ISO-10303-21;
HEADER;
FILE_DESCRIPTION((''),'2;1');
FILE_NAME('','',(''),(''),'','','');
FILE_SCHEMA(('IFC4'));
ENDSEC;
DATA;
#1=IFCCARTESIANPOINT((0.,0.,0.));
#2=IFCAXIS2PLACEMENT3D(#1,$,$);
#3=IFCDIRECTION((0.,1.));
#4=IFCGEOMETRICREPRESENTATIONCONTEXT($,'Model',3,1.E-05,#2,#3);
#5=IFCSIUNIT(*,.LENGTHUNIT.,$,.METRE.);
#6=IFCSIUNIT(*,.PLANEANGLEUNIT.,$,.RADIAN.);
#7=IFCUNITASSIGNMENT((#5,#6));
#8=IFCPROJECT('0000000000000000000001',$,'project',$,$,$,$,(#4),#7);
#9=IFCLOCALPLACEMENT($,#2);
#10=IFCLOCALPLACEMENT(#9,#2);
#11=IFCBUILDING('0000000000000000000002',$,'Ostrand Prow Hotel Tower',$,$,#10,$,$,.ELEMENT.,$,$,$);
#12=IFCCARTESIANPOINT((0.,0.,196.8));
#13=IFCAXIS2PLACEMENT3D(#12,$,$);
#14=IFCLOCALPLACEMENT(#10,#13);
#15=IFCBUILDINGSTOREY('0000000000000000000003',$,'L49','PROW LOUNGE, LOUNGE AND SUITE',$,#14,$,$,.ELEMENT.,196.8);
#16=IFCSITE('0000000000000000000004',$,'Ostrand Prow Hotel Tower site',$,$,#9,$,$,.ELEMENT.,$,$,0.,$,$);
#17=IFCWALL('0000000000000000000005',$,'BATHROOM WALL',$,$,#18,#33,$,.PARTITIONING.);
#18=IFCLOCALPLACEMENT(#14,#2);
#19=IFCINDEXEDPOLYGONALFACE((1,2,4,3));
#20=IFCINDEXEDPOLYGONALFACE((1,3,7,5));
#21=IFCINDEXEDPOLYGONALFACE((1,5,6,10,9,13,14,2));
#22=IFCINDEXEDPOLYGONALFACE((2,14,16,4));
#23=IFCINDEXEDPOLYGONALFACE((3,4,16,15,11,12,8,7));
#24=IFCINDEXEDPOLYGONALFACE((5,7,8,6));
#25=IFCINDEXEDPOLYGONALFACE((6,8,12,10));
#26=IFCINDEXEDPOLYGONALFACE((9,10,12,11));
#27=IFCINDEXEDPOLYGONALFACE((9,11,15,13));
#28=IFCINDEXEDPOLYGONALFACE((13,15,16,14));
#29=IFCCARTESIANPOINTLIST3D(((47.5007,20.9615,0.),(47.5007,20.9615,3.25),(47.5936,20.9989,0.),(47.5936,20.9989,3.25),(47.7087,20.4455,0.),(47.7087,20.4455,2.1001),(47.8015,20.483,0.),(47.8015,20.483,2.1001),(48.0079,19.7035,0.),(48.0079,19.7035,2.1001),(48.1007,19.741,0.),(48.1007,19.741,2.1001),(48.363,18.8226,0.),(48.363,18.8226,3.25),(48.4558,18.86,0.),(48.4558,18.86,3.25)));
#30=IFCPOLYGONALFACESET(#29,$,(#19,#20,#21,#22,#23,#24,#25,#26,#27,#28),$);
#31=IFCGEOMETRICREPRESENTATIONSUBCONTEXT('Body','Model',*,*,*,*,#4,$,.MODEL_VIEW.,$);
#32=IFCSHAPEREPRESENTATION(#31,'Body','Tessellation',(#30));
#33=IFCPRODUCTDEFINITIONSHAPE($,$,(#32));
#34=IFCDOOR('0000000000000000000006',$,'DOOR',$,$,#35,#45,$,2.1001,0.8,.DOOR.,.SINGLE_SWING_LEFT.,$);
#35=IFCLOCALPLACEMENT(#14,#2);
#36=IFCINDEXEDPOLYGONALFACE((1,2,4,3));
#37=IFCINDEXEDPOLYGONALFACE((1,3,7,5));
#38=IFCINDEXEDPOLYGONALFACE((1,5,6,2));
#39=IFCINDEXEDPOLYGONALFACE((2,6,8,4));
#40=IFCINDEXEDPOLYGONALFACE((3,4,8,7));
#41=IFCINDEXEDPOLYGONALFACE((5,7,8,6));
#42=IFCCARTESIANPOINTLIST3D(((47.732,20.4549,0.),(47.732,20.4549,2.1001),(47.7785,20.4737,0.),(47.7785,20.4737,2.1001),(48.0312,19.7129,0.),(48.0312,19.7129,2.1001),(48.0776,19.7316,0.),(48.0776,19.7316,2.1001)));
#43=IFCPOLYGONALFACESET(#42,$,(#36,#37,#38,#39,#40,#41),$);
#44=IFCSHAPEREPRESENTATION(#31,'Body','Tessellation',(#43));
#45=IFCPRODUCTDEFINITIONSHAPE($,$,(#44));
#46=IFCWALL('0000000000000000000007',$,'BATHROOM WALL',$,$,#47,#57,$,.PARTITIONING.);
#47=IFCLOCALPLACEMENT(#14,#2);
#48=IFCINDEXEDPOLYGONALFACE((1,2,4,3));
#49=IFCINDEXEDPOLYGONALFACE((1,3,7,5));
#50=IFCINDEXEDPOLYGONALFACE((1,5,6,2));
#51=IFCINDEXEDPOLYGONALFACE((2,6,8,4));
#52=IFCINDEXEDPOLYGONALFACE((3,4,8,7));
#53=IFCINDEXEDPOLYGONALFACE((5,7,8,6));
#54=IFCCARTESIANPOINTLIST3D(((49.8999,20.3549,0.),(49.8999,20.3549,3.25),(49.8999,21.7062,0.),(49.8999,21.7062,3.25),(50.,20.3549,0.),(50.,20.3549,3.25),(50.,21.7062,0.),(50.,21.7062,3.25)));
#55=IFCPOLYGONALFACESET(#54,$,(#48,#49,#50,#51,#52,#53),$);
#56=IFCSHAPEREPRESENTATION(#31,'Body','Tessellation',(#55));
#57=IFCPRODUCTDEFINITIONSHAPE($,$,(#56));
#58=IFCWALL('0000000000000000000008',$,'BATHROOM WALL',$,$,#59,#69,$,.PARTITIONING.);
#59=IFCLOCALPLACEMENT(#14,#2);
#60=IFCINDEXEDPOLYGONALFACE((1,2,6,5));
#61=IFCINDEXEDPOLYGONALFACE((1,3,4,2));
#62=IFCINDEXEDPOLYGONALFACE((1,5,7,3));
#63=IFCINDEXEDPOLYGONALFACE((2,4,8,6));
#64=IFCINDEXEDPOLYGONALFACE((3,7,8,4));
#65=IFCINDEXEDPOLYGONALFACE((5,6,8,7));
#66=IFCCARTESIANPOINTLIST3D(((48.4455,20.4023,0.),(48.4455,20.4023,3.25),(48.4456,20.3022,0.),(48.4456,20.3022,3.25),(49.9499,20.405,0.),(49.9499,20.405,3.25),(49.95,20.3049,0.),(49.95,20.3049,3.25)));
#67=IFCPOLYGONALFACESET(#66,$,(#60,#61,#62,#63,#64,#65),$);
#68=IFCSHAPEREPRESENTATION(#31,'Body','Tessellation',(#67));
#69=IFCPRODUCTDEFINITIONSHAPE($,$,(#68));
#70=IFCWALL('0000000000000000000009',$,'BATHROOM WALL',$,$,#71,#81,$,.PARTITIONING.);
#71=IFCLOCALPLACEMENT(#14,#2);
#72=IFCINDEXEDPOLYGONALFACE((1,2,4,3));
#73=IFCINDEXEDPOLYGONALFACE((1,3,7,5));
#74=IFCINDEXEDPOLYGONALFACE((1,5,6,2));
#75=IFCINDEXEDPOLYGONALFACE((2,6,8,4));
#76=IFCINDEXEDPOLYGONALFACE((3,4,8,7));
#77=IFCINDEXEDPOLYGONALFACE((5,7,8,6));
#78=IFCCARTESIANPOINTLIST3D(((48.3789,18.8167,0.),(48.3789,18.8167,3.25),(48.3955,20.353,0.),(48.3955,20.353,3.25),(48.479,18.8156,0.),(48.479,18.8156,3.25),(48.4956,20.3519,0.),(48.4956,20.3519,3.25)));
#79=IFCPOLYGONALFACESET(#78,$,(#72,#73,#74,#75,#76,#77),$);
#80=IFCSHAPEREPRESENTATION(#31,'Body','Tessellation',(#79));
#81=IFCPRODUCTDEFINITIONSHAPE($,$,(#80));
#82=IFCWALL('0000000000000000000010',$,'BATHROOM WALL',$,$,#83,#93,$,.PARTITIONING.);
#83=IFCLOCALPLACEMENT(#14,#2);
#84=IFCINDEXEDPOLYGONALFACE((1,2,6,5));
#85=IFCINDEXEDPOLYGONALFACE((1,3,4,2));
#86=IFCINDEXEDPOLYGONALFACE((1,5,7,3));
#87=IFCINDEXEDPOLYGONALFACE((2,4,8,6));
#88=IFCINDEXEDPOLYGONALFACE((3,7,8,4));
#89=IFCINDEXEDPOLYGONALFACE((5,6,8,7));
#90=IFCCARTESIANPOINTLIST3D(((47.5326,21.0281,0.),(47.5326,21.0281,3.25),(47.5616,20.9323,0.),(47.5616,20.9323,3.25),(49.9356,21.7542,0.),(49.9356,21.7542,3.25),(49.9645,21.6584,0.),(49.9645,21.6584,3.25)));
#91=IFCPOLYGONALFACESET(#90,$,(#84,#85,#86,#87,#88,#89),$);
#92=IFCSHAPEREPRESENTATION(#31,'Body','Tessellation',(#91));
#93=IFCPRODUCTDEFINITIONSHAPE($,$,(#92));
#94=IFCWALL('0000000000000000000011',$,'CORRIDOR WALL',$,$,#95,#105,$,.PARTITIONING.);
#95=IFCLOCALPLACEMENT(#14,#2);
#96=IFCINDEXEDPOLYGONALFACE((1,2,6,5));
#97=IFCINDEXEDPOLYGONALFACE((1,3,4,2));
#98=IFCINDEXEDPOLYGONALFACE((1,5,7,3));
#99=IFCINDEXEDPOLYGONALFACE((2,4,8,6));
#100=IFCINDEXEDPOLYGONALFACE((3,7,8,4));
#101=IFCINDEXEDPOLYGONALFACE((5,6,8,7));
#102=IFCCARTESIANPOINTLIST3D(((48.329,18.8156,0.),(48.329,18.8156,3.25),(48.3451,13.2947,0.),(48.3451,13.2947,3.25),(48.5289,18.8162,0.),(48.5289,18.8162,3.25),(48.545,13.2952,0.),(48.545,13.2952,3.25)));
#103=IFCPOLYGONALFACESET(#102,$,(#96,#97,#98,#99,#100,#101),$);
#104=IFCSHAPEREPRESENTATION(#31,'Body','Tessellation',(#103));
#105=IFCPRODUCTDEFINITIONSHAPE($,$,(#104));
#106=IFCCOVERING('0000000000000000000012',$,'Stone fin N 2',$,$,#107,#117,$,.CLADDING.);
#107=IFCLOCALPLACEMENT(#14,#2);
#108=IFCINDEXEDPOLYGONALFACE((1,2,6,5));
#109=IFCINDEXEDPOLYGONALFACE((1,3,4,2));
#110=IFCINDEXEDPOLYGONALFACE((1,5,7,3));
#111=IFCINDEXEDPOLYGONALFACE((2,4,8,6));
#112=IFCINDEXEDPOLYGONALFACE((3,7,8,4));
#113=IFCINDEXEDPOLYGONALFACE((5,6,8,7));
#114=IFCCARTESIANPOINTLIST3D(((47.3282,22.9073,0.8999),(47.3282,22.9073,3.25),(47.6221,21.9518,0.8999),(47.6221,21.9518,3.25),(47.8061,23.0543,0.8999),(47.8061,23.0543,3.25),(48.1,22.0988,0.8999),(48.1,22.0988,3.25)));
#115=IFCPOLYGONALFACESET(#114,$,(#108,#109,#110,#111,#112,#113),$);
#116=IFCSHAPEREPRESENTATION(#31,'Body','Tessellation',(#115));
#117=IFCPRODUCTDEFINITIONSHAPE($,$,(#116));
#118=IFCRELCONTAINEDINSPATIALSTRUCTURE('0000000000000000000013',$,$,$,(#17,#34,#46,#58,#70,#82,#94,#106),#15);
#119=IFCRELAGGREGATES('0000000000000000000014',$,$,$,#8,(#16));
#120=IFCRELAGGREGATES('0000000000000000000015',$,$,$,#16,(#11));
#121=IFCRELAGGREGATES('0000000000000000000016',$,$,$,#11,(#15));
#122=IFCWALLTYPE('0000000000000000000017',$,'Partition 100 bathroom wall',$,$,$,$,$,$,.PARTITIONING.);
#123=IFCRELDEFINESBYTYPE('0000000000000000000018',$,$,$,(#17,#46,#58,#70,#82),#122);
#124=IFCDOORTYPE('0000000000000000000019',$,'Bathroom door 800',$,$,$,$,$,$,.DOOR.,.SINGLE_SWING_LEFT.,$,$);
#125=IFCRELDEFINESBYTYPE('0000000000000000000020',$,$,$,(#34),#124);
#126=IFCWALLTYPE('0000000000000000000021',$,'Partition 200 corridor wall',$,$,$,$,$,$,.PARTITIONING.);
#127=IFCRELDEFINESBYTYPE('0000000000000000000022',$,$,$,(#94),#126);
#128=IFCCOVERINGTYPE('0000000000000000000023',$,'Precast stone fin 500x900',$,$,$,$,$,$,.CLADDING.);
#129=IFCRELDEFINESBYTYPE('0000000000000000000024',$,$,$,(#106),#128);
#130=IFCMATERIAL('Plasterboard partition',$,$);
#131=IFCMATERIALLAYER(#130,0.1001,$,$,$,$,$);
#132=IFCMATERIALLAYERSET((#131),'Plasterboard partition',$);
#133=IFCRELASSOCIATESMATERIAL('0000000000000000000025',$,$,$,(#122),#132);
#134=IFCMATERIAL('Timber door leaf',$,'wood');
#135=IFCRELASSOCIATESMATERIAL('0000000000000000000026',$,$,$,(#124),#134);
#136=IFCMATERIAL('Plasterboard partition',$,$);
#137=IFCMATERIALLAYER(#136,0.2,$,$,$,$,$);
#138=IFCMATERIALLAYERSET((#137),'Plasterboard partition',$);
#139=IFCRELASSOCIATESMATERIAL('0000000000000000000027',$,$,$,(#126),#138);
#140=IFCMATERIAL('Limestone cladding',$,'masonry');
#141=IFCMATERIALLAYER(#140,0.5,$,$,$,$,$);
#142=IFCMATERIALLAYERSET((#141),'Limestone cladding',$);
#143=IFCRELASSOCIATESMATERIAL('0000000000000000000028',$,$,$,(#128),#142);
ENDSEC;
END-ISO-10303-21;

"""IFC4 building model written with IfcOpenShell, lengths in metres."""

from ifc_helpers import new_model, si_unit, direction, frame, frame_2d, origin, place, context, subcontext, project, spatial, rectangle, extrude, material, layer, layer_set, type_object, element, fill, save


model = new_model("IFC4")

# Units and contexts
model_context = context("Model", 3, precision=1e-05, world=origin(), true_north=direction((0.0, 1.0)))
body_context = subcontext(model_context, "Body", "Model", "MODEL_VIEW")
ifc_project = project(units=[si_unit("LENGTHUNIT", "METRE"), si_unit("PLANEANGLEUNIT", "RADIAN")], contexts=[model_context])

# Site, building, storey
site_placement = place(None, origin())
site = spatial("IfcSite", under=ifc_project, at=site_placement, Name="Ostrand Prow Hotel Tower site", CompositionType="ELEMENT", RefElevation=0.0)
building_placement = place(site_placement, origin())
building = spatial("IfcBuilding", under=site, at=building_placement, Name="Ostrand Prow Hotel Tower", CompositionType="ELEMENT")
storey_placement = place(building_placement, frame((0.0, 0.0, 196.8)))
storey = spatial("IfcBuildingStorey", under=building, at=storey_placement, Name="L49", Description="PROW LOUNGE, LOUNGE AND SUITE", CompositionType="ELEMENT", Elevation=196.8)

# Wall, opening, door
ifc_material_1 = material(Name="Plasterboard partition")
ifc_layer_1 = layer(ifc_material_1, 0.1001)
ifc_layer_set_1 = layer_set([ifc_layer_1], Name="Plasterboard partition")
wall_type_1 = type_object("IfcWallType", Name="Partition 100 bathroom wall", PredefinedType="PARTITIONING", material=ifc_layer_set_1)
wall_1_placement = place(storey_placement, frame((48.4094, 18.8413, 0.0), z_axis=(0.0, 0.0, 1.0), x_axis=(-0.373908, 0.927466, 0.0)))
wall_1 = element("IfcWall", 1, at=wall_1_placement, inside=storey, type_object=wall_type_1, Name="BATHROOM WALL", PredefinedType="PARTITIONING", context=body_context, shape_type="SweptSolid", body=[
    extrude(rectangle(XDim=2.3062, YDim=0.1001, at=frame_2d((1.1531, 0.0))), origin(), (0.0, 0.0, 1.0), 3.25),
])
opening_placement = place(wall_1_placement, frame((0.95, 0.0, 0.0)))
opening = element("IfcOpeningElement", 2, at=opening_placement, cuts=wall_1, PredefinedType="OPENING", context=body_context, shape_type="SweptSolid", body=[
    extrude(rectangle(XDim=0.8, YDim=2.1001, at=frame_2d((0.3999, 1.05))), frame((0.0, 0.0601, 0.0), z_axis=(0.0, -1.0, 0.0), x_axis=(1.0, 0.0, 0.0)), (0.0, 0.0, 1.0), 0.1201),
])
ifc_material_2 = material(Name="Timber door leaf", Category="wood")
door_type = type_object("IfcDoorType", Name="Bathroom door 800", OperationType="SINGLE_SWING_LEFT", PredefinedType="DOOR", material=ifc_material_2)
door_placement = place(opening_placement, origin())
door = element("IfcDoor", 3, at=door_placement, inside=storey, type_object=door_type, Name="DOOR", OperationType="SINGLE_SWING_LEFT", OverallHeight=2.1001, OverallWidth=0.8, PredefinedType="DOOR", context=body_context, shape_type="SweptSolid", body=[
    extrude(rectangle(XDim=0.8, YDim=2.1001, at=frame_2d((0.3999, 1.05))), frame((0.0, 0.0249, 0.0), z_axis=(0.0, -1.0, 0.0), x_axis=(1.0, 0.0, 0.0)), (0.0, 0.0, 1.0), 0.05),
])
fill(opening, door)

# Walls
wall_2_placement = place(storey_placement, frame((49.95, 21.7063, 0.0), z_axis=(0.0, 0.0, 1.0), x_axis=(0.0, -1.0, 0.0)))
element("IfcWall", 4, at=wall_2_placement, inside=storey, type_object=wall_type_1, Name="BATHROOM WALL", PredefinedType="PARTITIONING", context=body_context, shape_type="SweptSolid", body=[
    extrude(rectangle(XDim=1.3513, YDim=0.1001, at=frame_2d((0.6758, 0.0))), origin(), (0.0, 0.0, 1.0), 3.25),
])
wall_3_placement = place(storey_placement, frame((49.95, 20.355, 0.0), z_axis=(0.0, 0.0, 1.0), x_axis=(-0.999998, -0.001785, 0.0)))
element("IfcWall", 5, at=wall_3_placement, inside=storey, type_object=wall_type_1, Name="BATHROOM WALL", PredefinedType="PARTITIONING", context=body_context, shape_type="SweptSolid", body=[
    extrude(rectangle(XDim=1.5044, YDim=0.1001, at=frame_2d((0.7522, 0.0))), origin(), (0.0, 0.0, 1.0), 3.25),
])
wall_4_placement = place(storey_placement, frame((48.4456, 20.3523, 0.0), z_axis=(0.0, 0.0, 1.0), x_axis=(-0.010805, -0.999942, 0.0)))
element("IfcWall", 6, at=wall_4_placement, inside=storey, type_object=wall_type_1, Name="BATHROOM WALL", PredefinedType="PARTITIONING", context=body_context, shape_type="SweptSolid", body=[
    extrude(rectangle(XDim=1.5364, YDim=0.1001, at=frame_2d((0.7681, 0.0))), origin(), (0.0, 0.0, 1.0), 3.25),
])
wall_5_placement = place(storey_placement, frame((47.5471, 20.9802, 0.0), z_axis=(0.0, 0.0, 1.0), x_axis=(0.957252, 0.289257, 0.0)))
element("IfcWall", 7, at=wall_5_placement, inside=storey, type_object=wall_type_1, Name="BATHROOM WALL", PredefinedType="PARTITIONING", context=body_context, shape_type="SweptSolid", body=[
    extrude(rectangle(XDim=2.5103, YDim=0.1001, at=frame_2d((1.2551, 0.0))), origin(), (0.0, 0.0, 1.0), 3.25),
])
ifc_material_3 = material(Name="Plasterboard partition")
ifc_layer_2 = layer(ifc_material_3, 0.2)
ifc_layer_set_2 = layer_set([ifc_layer_2], Name="Plasterboard partition")
wall_type_2 = type_object("IfcWallType", Name="Partition 200 corridor wall", PredefinedType="PARTITIONING", material=ifc_layer_set_2)
wall_6_placement = place(storey_placement, frame((48.429, 18.8159, 0.0), z_axis=(0.0, 0.0, 1.0), x_axis=(0.002919, -0.999996, 0.0)))
element("IfcWall", 8, at=wall_6_placement, inside=storey, type_object=wall_type_2, Name="CORRIDOR WALL", PredefinedType="PARTITIONING", context=body_context, shape_type="SweptSolid", body=[
    extrude(rectangle(XDim=5.521, YDim=0.2, at=frame_2d((2.7605, 0.0))), origin(), (0.0, 0.0, 1.0), 3.25),
])

# Covering
ifc_material_4 = material(Name="Limestone cladding", Category="masonry")
ifc_layer_3 = layer(ifc_material_4, 0.5)
ifc_layer_set_3 = layer_set([ifc_layer_3], Name="Limestone cladding")
covering_type = type_object("IfcCoveringType", Name="Precast stone fin 500x900", PredefinedType="CLADDING", material=ifc_layer_set_3)
covering_placement = place(storey_placement, frame((47.8611, 22.0251, 0.8999), z_axis=(0.0, 0.0, 1.0), x_axis=(-0.294017, 0.9558, 0.0)))
element("IfcCovering", 9, at=covering_placement, inside=storey, type_object=covering_type, Name="Stone fin N 2", PredefinedType="CLADDING", context=body_context, shape_type="SweptSolid", body=[
    extrude(rectangle(XDim=0.9998, YDim=0.5, at=frame_2d((0.5, 0.0))), origin(), (0.0, 0.0, 1.0), 2.3501),
])

save(model, "model.ifc")
